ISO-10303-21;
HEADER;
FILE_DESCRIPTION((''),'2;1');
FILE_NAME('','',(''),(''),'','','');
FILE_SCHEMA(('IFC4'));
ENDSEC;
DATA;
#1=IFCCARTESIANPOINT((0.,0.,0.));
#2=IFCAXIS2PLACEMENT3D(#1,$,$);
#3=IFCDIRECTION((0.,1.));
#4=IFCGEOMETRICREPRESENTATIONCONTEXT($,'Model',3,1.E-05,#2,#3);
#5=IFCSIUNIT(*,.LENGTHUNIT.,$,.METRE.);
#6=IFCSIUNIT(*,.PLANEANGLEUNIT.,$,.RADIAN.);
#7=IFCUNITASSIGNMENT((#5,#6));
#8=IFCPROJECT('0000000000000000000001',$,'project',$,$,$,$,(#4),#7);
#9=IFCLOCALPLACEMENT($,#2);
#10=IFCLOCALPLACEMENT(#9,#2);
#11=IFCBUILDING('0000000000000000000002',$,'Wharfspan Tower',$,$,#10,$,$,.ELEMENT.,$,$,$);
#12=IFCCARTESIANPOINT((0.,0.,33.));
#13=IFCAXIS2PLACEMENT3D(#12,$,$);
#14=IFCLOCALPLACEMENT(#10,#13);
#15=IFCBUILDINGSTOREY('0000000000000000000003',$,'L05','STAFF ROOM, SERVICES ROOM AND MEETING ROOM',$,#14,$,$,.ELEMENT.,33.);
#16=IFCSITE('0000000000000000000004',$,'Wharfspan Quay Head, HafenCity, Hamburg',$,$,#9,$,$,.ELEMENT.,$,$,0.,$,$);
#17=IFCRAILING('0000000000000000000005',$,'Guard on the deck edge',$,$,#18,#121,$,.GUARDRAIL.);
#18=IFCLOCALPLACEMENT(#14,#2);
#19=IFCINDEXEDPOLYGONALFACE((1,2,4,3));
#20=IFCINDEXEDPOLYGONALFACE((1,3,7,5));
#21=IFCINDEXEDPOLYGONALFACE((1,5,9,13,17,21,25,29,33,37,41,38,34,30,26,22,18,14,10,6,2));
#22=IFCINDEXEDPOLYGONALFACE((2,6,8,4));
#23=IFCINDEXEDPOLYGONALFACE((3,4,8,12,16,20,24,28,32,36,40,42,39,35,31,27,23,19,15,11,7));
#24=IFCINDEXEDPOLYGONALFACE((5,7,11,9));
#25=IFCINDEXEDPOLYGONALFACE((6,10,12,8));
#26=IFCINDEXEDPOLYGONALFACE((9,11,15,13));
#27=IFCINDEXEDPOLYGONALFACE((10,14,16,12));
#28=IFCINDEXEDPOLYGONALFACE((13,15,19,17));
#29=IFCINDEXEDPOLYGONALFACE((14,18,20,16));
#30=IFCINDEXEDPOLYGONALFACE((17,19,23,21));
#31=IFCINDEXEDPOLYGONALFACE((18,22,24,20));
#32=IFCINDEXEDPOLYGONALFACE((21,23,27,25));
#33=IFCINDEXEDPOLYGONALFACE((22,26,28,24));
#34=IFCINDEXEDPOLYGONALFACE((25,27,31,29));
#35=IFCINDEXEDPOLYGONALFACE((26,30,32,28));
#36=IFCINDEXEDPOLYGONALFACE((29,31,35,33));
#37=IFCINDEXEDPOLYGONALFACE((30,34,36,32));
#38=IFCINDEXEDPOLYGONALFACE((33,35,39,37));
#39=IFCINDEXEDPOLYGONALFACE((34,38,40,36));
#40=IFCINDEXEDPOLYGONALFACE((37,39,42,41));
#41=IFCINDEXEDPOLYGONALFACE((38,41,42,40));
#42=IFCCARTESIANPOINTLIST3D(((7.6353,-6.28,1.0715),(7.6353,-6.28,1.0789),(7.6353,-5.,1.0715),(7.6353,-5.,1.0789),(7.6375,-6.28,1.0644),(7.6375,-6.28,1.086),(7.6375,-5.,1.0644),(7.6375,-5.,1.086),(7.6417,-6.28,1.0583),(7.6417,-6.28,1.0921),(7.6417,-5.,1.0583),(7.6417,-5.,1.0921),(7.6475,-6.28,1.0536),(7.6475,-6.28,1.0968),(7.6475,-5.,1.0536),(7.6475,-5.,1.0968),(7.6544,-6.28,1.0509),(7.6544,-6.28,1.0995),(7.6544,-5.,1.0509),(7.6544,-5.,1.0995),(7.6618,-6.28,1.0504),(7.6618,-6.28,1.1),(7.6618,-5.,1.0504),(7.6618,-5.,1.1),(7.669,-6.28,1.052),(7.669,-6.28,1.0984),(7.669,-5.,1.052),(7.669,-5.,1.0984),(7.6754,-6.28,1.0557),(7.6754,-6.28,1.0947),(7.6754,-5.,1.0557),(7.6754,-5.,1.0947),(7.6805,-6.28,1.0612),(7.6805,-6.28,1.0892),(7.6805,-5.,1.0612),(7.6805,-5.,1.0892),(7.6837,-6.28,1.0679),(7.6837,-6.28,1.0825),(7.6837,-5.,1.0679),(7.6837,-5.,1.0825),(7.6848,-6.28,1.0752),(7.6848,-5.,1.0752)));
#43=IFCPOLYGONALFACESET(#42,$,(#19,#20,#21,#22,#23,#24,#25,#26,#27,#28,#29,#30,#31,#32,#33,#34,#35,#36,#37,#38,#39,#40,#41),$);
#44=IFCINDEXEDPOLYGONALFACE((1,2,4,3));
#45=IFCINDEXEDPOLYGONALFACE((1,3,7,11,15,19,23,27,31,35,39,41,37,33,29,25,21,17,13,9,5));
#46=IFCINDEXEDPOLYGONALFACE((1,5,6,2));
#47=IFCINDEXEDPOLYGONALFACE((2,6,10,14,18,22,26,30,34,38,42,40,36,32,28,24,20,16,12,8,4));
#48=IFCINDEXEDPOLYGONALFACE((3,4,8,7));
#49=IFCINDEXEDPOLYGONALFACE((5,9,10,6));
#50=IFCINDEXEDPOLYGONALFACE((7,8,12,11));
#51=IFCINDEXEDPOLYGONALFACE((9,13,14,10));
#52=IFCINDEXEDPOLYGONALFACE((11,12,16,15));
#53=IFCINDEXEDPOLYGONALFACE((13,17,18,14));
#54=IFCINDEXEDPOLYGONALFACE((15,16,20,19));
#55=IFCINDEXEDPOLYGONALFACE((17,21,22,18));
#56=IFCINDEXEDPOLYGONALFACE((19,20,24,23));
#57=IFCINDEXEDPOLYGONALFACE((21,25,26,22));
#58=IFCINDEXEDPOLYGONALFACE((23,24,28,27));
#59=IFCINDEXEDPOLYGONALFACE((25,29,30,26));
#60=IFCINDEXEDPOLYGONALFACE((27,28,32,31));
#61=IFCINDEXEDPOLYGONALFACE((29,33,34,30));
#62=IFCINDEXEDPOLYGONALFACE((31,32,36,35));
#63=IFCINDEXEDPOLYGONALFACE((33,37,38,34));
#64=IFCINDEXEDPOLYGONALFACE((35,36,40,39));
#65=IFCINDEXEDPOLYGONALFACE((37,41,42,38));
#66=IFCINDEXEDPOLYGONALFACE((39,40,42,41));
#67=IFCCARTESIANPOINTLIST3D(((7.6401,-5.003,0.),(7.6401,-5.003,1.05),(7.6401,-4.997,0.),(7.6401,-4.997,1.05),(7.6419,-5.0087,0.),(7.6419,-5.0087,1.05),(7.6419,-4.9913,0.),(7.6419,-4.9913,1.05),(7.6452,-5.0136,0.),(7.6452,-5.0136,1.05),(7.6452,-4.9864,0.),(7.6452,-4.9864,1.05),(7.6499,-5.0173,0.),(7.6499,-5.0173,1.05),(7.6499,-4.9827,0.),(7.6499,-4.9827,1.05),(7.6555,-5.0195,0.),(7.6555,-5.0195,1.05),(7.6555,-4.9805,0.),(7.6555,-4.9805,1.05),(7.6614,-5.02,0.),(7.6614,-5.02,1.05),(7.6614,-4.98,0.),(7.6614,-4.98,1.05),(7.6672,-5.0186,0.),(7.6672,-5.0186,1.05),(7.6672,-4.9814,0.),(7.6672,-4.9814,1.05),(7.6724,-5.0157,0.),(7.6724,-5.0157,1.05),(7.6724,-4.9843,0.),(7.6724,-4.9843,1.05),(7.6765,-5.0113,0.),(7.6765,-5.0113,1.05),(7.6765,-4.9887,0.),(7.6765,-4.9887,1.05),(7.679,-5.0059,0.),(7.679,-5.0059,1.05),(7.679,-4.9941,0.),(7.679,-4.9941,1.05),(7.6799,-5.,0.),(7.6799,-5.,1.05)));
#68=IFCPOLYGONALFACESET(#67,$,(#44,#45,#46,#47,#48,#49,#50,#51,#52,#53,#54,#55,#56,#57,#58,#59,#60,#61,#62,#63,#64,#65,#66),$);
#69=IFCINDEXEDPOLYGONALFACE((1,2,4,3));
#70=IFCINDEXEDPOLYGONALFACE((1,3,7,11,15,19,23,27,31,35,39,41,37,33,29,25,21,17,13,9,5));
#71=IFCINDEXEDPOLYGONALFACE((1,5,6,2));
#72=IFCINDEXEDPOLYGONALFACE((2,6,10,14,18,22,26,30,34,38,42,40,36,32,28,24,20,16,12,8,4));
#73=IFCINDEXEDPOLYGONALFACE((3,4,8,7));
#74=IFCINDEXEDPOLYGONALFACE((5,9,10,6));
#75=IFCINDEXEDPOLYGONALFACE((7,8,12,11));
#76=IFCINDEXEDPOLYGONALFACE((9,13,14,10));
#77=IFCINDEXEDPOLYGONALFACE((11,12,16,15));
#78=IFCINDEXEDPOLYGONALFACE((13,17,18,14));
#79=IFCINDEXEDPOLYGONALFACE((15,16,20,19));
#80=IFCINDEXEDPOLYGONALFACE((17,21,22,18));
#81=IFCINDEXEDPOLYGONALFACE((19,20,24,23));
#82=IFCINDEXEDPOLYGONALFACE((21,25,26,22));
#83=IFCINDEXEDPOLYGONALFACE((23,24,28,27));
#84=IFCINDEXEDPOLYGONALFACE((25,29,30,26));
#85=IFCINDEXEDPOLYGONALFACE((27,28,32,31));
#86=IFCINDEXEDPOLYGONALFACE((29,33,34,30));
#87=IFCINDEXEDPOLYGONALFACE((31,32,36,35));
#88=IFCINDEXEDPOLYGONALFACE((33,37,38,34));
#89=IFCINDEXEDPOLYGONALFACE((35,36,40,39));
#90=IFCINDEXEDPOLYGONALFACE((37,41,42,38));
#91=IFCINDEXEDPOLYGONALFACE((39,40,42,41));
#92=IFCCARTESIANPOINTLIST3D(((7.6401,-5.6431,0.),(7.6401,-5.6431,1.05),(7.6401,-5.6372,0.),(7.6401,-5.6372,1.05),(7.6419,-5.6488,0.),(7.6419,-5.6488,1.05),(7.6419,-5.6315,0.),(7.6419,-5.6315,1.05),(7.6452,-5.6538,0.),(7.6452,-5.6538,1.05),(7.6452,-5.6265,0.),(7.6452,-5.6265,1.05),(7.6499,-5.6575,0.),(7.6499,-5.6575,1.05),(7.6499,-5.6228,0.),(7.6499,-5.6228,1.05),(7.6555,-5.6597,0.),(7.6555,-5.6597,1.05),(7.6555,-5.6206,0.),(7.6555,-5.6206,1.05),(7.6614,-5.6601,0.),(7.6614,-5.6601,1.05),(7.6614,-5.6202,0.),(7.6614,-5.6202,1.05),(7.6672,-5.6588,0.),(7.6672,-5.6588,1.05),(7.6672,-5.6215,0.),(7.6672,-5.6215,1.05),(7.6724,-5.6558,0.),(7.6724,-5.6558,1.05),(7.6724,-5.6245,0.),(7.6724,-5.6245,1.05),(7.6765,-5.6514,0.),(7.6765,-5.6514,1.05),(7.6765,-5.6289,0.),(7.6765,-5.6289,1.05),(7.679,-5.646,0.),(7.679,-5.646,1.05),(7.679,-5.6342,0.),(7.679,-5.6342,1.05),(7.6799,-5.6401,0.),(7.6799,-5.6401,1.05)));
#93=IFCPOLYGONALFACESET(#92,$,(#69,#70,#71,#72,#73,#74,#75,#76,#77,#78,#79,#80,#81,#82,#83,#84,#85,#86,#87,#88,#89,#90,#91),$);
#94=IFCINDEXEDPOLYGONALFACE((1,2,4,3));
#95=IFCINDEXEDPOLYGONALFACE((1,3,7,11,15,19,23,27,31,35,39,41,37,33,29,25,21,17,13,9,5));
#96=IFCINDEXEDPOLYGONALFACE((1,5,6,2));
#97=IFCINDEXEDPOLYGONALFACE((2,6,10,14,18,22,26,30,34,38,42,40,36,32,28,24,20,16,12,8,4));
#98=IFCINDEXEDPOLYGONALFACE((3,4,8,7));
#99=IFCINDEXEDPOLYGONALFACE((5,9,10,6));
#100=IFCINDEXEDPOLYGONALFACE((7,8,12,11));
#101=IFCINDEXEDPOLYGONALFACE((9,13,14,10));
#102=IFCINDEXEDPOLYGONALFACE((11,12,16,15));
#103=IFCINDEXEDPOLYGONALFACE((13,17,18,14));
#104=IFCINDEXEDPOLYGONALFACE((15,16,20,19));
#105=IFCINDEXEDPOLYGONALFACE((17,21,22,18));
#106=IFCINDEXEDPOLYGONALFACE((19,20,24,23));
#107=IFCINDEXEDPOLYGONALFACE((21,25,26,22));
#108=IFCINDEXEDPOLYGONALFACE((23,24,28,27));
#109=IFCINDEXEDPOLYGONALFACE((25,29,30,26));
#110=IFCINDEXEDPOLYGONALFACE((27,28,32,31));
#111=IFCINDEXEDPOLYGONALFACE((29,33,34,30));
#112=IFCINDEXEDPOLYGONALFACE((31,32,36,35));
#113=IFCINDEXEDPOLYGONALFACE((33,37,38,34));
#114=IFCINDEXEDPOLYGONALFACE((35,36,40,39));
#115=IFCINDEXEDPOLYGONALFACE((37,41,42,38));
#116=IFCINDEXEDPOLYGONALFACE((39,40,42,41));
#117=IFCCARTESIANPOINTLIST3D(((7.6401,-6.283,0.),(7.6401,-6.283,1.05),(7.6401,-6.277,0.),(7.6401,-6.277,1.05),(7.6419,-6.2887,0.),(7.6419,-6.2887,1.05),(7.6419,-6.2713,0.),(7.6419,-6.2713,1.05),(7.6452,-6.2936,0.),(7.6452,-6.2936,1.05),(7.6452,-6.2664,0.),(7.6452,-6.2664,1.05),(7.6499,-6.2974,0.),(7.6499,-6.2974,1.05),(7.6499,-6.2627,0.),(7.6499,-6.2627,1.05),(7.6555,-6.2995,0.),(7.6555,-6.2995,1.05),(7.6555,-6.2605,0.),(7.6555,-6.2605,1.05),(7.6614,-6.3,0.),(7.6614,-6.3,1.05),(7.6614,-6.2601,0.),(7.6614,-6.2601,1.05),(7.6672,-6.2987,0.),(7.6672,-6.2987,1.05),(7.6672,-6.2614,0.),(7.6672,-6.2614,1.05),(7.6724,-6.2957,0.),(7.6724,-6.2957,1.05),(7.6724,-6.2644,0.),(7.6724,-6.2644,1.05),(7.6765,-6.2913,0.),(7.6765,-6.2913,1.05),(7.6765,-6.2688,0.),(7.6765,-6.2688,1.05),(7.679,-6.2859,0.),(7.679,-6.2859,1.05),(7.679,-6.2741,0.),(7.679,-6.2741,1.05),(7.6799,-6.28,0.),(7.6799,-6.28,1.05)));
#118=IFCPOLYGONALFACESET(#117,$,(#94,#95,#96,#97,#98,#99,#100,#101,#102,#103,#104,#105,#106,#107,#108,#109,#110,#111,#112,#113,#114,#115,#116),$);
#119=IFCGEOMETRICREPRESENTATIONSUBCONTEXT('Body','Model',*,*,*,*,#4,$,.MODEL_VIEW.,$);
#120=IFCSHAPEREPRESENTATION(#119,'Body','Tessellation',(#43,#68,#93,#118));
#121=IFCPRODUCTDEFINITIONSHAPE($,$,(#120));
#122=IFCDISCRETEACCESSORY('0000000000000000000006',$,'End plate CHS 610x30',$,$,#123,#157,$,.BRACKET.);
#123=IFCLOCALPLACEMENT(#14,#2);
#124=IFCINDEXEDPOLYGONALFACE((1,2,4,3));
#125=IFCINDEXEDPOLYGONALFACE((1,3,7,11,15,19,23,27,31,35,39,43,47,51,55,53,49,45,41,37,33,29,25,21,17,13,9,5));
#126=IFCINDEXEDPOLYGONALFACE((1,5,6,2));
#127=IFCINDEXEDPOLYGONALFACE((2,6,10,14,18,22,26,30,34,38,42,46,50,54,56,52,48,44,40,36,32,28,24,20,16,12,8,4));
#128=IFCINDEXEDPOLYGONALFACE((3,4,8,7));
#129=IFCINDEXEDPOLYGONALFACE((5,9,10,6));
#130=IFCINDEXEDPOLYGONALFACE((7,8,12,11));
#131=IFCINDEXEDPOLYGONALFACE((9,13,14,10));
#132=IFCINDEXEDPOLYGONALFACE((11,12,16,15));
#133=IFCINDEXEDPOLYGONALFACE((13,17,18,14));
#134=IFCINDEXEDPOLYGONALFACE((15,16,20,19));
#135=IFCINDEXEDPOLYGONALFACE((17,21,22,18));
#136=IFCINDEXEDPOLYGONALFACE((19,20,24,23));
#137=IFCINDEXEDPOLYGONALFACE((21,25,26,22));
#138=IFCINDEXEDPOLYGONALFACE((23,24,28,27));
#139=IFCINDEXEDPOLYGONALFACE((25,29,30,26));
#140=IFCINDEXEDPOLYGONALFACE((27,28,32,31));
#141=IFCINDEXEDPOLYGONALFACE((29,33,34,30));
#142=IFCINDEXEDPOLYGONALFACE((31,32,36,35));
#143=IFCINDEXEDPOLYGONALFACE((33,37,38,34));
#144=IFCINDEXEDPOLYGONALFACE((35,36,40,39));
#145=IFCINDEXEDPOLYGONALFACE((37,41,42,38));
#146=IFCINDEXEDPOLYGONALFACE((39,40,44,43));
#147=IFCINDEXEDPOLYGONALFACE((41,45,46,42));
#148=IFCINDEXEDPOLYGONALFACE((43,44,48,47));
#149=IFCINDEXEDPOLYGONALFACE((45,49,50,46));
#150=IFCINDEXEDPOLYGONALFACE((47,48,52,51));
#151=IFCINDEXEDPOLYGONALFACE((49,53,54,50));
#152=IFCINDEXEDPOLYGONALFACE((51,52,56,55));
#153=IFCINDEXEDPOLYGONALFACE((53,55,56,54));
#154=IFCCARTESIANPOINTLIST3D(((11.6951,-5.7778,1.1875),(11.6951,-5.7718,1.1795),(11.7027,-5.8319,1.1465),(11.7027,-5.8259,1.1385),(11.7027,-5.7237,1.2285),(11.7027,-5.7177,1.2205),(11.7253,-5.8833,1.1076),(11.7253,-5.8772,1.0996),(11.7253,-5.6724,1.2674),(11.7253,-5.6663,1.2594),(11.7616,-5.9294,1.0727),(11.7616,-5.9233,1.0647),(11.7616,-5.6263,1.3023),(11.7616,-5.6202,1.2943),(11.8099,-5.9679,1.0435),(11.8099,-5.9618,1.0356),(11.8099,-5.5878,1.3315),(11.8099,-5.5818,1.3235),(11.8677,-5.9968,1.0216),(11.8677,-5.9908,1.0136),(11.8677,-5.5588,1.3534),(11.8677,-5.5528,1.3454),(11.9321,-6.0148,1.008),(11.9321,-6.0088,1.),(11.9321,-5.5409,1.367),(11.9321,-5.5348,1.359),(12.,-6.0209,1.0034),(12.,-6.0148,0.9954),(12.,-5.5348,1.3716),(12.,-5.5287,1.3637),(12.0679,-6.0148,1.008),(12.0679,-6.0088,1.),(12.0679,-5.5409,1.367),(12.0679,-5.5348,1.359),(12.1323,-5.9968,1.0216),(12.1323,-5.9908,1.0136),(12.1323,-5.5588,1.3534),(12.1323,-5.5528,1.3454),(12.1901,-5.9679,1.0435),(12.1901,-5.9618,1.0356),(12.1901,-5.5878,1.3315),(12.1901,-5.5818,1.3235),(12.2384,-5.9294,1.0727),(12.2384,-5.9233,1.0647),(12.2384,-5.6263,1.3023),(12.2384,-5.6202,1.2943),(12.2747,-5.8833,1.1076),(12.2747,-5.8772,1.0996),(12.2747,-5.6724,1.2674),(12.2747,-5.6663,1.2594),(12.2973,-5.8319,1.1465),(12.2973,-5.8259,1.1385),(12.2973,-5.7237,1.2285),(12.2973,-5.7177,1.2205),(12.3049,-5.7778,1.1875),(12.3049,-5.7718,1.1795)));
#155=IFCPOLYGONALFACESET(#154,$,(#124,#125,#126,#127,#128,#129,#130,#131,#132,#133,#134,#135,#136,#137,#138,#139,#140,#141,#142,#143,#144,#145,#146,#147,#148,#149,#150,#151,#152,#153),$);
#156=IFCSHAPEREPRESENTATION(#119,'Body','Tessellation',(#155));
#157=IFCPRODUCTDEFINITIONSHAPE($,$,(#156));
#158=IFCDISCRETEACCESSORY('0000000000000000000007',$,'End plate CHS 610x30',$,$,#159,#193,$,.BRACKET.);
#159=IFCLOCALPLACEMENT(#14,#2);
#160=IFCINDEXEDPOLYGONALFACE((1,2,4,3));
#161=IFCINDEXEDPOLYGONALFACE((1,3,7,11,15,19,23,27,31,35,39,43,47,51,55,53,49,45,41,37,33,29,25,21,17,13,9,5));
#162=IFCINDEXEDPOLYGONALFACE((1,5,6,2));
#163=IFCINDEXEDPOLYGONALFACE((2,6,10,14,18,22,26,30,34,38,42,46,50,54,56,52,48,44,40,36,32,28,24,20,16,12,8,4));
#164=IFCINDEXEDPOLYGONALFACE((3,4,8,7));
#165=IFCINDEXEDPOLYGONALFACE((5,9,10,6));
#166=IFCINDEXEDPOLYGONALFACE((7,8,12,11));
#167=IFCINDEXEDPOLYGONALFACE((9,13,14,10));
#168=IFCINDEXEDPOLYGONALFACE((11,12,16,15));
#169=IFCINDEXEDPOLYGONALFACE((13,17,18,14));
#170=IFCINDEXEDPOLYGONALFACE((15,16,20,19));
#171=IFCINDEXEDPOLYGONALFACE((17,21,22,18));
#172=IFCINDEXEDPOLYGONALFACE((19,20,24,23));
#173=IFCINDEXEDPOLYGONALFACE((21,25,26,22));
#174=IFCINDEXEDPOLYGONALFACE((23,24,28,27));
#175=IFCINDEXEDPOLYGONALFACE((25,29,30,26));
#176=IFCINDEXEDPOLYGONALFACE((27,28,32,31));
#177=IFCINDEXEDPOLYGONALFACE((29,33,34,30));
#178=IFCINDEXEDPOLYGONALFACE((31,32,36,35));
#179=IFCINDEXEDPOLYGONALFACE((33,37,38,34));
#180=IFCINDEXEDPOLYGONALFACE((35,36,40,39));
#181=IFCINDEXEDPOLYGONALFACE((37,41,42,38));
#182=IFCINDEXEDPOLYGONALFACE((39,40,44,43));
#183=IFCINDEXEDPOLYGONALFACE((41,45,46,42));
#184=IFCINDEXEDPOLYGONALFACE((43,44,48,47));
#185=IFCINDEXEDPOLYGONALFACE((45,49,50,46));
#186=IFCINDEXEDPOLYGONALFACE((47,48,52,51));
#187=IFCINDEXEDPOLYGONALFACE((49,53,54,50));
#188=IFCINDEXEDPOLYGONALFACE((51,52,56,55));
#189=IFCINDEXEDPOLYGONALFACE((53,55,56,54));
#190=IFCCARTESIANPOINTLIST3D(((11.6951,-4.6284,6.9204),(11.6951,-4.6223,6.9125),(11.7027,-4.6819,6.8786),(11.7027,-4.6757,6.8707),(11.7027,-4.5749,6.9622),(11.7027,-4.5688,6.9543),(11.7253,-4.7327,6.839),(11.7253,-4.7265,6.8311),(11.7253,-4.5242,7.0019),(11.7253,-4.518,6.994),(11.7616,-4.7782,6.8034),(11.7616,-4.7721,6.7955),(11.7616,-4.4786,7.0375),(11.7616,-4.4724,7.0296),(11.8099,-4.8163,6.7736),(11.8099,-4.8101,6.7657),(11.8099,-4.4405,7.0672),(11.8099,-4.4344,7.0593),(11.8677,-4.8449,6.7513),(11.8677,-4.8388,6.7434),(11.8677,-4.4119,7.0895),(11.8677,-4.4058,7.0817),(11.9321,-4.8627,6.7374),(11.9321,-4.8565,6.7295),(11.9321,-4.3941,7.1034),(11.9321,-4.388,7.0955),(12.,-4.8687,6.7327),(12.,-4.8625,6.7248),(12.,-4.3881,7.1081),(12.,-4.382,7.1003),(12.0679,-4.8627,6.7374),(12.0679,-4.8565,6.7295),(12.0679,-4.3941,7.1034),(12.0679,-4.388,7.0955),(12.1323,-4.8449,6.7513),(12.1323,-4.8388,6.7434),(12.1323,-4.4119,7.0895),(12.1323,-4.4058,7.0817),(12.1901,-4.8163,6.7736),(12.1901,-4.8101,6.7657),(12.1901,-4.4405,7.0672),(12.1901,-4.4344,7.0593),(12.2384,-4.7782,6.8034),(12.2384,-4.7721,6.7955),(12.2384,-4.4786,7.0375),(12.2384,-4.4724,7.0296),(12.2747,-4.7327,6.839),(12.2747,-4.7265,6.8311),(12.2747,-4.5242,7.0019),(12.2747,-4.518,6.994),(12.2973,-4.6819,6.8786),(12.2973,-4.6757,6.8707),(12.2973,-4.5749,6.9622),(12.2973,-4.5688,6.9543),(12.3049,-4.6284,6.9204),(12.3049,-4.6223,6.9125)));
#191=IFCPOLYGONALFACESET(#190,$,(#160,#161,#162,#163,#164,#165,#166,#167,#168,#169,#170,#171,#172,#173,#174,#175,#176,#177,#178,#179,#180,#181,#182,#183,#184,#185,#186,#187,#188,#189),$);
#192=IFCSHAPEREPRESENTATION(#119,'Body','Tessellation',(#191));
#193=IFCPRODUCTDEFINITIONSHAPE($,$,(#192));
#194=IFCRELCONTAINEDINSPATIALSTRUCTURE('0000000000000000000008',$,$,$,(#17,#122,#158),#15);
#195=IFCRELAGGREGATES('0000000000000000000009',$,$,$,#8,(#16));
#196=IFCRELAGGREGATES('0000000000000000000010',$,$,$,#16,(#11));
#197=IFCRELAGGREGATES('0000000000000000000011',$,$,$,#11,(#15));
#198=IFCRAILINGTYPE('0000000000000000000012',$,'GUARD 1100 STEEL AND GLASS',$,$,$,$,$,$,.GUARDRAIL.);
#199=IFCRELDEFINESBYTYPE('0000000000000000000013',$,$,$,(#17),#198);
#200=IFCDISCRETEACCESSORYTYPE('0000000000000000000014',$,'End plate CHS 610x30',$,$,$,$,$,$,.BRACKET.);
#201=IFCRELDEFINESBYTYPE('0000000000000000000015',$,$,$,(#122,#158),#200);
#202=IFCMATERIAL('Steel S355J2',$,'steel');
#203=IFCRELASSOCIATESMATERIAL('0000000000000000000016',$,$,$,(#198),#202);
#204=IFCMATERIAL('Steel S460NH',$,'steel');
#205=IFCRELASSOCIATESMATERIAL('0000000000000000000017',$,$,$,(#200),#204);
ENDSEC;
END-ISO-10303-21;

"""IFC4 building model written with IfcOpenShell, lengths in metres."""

from ifc_helpers import new_model, si_unit, direction, frame, origin, origin_2d, place, context, subcontext, project, spatial, circle, extrude, material, material_profile, profile_set, type_object, element, save


model = new_model("IFC4")

# Units and contexts
model_context = context("Model", 3, precision=1e-05, world=origin(), true_north=direction((0.0, 1.0)))
body_context = subcontext(model_context, "Body", "Model", "MODEL_VIEW")
ifc_project = project(units=[si_unit("LENGTHUNIT", "METRE"), si_unit("PLANEANGLEUNIT", "RADIAN")], contexts=[model_context])

# Site, building, storey
site_placement = place(None, origin())
site = spatial("IfcSite", under=ifc_project, at=site_placement, Name="Wharfspan Quay Head, HafenCity, Hamburg", CompositionType="ELEMENT", RefElevation=0.0)
building_placement = place(site_placement, origin())
building = spatial("IfcBuilding", under=site, at=building_placement, Name="Wharfspan Tower", CompositionType="ELEMENT")
storey_placement = place(building_placement, frame((0.0, 0.0, 33.0)))
storey = spatial("IfcBuildingStorey", under=building, at=storey_placement, Name="L05", Description="STAFF ROOM, SERVICES ROOM AND MEETING ROOM", CompositionType="ELEMENT", Elevation=33.0)

# Shared definitions
ifc_material_1 = material(Name="Steel S460NH", Category="steel")

# Railing
ifc_material_2 = material(Name="Steel S355J2", Category="steel")
railing_type = type_object("IfcRailingType", Name="GUARD 1100 STEEL AND GLASS", PredefinedType="GUARDRAIL", material=ifc_material_2)
railing_1_placement = place(storey_placement, frame((7.6599, -5.0, 0.0)))
element("IfcRailing", 1, at=railing_1_placement, inside=storey, type_object=railing_type, Name="Guard on the deck edge", PredefinedType="GUARDRAIL", context=body_context, shape_type="SweptSolid", body=[
    extrude(circle(Radius=0.0249, at=origin_2d()), frame((0.0, 0.0, 1.0752), z_axis=(0.0, -1.0, 0.0), x_axis=(1.0, 0.0, 0.0)), (0.0, 0.0, 1.0), 1.28),
    extrude(circle(Radius=0.02, at=origin_2d()), origin(), (0.0, 0.0, 1.0), 1.05),
    extrude(circle(Radius=0.02, at=origin_2d()), frame((0.0, -0.6401, 0.0)), (0.0, 0.0, 1.0), 1.05),
    extrude(circle(Radius=0.02, at=origin_2d()), frame((0.0, -1.28, 0.0)), (0.0, 0.0, 1.0), 1.05),
])

# Discrete accessories
ifc_material_profile_1 = material_profile(ifc_material_1, circle(Radius=0.3049, at=origin_2d()))
ifc_profile_set_1 = profile_set([ifc_material_profile_1], Name="Steel S460NH")
discrete_accessory_type = type_object("IfcDiscreteAccessoryType", Name="End plate CHS 610x30", PredefinedType="BRACKET", material=ifc_profile_set_1)
for number, where, z_axis, x_axis, name in (
    (2, (12.0, -5.7778, 1.1875), (0.0, 0.603858, -0.797092), (-1.0, 0.0, 0.0), "End plate CHS 610x30"),
    (3, (12.0, -4.6284, 6.9204), (0.0, 0.615644, -0.788024), (-1.0, 0.0, 0.0), "End plate CHS 610x30"),
):
    element("IfcDiscreteAccessory", number, at=place(storey_placement, frame(where, z_axis=z_axis, x_axis=x_axis)), inside=storey, type_object=discrete_accessory_type, Name=name, PredefinedType="BRACKET", context=body_context, shape_type="SweptSolid", body=[
        extrude(circle(Radius=0.3049, at=origin_2d()), origin(), (0.0, 0.0, 1.0), 0.01),
    ])

save(model, "model.ifc")
